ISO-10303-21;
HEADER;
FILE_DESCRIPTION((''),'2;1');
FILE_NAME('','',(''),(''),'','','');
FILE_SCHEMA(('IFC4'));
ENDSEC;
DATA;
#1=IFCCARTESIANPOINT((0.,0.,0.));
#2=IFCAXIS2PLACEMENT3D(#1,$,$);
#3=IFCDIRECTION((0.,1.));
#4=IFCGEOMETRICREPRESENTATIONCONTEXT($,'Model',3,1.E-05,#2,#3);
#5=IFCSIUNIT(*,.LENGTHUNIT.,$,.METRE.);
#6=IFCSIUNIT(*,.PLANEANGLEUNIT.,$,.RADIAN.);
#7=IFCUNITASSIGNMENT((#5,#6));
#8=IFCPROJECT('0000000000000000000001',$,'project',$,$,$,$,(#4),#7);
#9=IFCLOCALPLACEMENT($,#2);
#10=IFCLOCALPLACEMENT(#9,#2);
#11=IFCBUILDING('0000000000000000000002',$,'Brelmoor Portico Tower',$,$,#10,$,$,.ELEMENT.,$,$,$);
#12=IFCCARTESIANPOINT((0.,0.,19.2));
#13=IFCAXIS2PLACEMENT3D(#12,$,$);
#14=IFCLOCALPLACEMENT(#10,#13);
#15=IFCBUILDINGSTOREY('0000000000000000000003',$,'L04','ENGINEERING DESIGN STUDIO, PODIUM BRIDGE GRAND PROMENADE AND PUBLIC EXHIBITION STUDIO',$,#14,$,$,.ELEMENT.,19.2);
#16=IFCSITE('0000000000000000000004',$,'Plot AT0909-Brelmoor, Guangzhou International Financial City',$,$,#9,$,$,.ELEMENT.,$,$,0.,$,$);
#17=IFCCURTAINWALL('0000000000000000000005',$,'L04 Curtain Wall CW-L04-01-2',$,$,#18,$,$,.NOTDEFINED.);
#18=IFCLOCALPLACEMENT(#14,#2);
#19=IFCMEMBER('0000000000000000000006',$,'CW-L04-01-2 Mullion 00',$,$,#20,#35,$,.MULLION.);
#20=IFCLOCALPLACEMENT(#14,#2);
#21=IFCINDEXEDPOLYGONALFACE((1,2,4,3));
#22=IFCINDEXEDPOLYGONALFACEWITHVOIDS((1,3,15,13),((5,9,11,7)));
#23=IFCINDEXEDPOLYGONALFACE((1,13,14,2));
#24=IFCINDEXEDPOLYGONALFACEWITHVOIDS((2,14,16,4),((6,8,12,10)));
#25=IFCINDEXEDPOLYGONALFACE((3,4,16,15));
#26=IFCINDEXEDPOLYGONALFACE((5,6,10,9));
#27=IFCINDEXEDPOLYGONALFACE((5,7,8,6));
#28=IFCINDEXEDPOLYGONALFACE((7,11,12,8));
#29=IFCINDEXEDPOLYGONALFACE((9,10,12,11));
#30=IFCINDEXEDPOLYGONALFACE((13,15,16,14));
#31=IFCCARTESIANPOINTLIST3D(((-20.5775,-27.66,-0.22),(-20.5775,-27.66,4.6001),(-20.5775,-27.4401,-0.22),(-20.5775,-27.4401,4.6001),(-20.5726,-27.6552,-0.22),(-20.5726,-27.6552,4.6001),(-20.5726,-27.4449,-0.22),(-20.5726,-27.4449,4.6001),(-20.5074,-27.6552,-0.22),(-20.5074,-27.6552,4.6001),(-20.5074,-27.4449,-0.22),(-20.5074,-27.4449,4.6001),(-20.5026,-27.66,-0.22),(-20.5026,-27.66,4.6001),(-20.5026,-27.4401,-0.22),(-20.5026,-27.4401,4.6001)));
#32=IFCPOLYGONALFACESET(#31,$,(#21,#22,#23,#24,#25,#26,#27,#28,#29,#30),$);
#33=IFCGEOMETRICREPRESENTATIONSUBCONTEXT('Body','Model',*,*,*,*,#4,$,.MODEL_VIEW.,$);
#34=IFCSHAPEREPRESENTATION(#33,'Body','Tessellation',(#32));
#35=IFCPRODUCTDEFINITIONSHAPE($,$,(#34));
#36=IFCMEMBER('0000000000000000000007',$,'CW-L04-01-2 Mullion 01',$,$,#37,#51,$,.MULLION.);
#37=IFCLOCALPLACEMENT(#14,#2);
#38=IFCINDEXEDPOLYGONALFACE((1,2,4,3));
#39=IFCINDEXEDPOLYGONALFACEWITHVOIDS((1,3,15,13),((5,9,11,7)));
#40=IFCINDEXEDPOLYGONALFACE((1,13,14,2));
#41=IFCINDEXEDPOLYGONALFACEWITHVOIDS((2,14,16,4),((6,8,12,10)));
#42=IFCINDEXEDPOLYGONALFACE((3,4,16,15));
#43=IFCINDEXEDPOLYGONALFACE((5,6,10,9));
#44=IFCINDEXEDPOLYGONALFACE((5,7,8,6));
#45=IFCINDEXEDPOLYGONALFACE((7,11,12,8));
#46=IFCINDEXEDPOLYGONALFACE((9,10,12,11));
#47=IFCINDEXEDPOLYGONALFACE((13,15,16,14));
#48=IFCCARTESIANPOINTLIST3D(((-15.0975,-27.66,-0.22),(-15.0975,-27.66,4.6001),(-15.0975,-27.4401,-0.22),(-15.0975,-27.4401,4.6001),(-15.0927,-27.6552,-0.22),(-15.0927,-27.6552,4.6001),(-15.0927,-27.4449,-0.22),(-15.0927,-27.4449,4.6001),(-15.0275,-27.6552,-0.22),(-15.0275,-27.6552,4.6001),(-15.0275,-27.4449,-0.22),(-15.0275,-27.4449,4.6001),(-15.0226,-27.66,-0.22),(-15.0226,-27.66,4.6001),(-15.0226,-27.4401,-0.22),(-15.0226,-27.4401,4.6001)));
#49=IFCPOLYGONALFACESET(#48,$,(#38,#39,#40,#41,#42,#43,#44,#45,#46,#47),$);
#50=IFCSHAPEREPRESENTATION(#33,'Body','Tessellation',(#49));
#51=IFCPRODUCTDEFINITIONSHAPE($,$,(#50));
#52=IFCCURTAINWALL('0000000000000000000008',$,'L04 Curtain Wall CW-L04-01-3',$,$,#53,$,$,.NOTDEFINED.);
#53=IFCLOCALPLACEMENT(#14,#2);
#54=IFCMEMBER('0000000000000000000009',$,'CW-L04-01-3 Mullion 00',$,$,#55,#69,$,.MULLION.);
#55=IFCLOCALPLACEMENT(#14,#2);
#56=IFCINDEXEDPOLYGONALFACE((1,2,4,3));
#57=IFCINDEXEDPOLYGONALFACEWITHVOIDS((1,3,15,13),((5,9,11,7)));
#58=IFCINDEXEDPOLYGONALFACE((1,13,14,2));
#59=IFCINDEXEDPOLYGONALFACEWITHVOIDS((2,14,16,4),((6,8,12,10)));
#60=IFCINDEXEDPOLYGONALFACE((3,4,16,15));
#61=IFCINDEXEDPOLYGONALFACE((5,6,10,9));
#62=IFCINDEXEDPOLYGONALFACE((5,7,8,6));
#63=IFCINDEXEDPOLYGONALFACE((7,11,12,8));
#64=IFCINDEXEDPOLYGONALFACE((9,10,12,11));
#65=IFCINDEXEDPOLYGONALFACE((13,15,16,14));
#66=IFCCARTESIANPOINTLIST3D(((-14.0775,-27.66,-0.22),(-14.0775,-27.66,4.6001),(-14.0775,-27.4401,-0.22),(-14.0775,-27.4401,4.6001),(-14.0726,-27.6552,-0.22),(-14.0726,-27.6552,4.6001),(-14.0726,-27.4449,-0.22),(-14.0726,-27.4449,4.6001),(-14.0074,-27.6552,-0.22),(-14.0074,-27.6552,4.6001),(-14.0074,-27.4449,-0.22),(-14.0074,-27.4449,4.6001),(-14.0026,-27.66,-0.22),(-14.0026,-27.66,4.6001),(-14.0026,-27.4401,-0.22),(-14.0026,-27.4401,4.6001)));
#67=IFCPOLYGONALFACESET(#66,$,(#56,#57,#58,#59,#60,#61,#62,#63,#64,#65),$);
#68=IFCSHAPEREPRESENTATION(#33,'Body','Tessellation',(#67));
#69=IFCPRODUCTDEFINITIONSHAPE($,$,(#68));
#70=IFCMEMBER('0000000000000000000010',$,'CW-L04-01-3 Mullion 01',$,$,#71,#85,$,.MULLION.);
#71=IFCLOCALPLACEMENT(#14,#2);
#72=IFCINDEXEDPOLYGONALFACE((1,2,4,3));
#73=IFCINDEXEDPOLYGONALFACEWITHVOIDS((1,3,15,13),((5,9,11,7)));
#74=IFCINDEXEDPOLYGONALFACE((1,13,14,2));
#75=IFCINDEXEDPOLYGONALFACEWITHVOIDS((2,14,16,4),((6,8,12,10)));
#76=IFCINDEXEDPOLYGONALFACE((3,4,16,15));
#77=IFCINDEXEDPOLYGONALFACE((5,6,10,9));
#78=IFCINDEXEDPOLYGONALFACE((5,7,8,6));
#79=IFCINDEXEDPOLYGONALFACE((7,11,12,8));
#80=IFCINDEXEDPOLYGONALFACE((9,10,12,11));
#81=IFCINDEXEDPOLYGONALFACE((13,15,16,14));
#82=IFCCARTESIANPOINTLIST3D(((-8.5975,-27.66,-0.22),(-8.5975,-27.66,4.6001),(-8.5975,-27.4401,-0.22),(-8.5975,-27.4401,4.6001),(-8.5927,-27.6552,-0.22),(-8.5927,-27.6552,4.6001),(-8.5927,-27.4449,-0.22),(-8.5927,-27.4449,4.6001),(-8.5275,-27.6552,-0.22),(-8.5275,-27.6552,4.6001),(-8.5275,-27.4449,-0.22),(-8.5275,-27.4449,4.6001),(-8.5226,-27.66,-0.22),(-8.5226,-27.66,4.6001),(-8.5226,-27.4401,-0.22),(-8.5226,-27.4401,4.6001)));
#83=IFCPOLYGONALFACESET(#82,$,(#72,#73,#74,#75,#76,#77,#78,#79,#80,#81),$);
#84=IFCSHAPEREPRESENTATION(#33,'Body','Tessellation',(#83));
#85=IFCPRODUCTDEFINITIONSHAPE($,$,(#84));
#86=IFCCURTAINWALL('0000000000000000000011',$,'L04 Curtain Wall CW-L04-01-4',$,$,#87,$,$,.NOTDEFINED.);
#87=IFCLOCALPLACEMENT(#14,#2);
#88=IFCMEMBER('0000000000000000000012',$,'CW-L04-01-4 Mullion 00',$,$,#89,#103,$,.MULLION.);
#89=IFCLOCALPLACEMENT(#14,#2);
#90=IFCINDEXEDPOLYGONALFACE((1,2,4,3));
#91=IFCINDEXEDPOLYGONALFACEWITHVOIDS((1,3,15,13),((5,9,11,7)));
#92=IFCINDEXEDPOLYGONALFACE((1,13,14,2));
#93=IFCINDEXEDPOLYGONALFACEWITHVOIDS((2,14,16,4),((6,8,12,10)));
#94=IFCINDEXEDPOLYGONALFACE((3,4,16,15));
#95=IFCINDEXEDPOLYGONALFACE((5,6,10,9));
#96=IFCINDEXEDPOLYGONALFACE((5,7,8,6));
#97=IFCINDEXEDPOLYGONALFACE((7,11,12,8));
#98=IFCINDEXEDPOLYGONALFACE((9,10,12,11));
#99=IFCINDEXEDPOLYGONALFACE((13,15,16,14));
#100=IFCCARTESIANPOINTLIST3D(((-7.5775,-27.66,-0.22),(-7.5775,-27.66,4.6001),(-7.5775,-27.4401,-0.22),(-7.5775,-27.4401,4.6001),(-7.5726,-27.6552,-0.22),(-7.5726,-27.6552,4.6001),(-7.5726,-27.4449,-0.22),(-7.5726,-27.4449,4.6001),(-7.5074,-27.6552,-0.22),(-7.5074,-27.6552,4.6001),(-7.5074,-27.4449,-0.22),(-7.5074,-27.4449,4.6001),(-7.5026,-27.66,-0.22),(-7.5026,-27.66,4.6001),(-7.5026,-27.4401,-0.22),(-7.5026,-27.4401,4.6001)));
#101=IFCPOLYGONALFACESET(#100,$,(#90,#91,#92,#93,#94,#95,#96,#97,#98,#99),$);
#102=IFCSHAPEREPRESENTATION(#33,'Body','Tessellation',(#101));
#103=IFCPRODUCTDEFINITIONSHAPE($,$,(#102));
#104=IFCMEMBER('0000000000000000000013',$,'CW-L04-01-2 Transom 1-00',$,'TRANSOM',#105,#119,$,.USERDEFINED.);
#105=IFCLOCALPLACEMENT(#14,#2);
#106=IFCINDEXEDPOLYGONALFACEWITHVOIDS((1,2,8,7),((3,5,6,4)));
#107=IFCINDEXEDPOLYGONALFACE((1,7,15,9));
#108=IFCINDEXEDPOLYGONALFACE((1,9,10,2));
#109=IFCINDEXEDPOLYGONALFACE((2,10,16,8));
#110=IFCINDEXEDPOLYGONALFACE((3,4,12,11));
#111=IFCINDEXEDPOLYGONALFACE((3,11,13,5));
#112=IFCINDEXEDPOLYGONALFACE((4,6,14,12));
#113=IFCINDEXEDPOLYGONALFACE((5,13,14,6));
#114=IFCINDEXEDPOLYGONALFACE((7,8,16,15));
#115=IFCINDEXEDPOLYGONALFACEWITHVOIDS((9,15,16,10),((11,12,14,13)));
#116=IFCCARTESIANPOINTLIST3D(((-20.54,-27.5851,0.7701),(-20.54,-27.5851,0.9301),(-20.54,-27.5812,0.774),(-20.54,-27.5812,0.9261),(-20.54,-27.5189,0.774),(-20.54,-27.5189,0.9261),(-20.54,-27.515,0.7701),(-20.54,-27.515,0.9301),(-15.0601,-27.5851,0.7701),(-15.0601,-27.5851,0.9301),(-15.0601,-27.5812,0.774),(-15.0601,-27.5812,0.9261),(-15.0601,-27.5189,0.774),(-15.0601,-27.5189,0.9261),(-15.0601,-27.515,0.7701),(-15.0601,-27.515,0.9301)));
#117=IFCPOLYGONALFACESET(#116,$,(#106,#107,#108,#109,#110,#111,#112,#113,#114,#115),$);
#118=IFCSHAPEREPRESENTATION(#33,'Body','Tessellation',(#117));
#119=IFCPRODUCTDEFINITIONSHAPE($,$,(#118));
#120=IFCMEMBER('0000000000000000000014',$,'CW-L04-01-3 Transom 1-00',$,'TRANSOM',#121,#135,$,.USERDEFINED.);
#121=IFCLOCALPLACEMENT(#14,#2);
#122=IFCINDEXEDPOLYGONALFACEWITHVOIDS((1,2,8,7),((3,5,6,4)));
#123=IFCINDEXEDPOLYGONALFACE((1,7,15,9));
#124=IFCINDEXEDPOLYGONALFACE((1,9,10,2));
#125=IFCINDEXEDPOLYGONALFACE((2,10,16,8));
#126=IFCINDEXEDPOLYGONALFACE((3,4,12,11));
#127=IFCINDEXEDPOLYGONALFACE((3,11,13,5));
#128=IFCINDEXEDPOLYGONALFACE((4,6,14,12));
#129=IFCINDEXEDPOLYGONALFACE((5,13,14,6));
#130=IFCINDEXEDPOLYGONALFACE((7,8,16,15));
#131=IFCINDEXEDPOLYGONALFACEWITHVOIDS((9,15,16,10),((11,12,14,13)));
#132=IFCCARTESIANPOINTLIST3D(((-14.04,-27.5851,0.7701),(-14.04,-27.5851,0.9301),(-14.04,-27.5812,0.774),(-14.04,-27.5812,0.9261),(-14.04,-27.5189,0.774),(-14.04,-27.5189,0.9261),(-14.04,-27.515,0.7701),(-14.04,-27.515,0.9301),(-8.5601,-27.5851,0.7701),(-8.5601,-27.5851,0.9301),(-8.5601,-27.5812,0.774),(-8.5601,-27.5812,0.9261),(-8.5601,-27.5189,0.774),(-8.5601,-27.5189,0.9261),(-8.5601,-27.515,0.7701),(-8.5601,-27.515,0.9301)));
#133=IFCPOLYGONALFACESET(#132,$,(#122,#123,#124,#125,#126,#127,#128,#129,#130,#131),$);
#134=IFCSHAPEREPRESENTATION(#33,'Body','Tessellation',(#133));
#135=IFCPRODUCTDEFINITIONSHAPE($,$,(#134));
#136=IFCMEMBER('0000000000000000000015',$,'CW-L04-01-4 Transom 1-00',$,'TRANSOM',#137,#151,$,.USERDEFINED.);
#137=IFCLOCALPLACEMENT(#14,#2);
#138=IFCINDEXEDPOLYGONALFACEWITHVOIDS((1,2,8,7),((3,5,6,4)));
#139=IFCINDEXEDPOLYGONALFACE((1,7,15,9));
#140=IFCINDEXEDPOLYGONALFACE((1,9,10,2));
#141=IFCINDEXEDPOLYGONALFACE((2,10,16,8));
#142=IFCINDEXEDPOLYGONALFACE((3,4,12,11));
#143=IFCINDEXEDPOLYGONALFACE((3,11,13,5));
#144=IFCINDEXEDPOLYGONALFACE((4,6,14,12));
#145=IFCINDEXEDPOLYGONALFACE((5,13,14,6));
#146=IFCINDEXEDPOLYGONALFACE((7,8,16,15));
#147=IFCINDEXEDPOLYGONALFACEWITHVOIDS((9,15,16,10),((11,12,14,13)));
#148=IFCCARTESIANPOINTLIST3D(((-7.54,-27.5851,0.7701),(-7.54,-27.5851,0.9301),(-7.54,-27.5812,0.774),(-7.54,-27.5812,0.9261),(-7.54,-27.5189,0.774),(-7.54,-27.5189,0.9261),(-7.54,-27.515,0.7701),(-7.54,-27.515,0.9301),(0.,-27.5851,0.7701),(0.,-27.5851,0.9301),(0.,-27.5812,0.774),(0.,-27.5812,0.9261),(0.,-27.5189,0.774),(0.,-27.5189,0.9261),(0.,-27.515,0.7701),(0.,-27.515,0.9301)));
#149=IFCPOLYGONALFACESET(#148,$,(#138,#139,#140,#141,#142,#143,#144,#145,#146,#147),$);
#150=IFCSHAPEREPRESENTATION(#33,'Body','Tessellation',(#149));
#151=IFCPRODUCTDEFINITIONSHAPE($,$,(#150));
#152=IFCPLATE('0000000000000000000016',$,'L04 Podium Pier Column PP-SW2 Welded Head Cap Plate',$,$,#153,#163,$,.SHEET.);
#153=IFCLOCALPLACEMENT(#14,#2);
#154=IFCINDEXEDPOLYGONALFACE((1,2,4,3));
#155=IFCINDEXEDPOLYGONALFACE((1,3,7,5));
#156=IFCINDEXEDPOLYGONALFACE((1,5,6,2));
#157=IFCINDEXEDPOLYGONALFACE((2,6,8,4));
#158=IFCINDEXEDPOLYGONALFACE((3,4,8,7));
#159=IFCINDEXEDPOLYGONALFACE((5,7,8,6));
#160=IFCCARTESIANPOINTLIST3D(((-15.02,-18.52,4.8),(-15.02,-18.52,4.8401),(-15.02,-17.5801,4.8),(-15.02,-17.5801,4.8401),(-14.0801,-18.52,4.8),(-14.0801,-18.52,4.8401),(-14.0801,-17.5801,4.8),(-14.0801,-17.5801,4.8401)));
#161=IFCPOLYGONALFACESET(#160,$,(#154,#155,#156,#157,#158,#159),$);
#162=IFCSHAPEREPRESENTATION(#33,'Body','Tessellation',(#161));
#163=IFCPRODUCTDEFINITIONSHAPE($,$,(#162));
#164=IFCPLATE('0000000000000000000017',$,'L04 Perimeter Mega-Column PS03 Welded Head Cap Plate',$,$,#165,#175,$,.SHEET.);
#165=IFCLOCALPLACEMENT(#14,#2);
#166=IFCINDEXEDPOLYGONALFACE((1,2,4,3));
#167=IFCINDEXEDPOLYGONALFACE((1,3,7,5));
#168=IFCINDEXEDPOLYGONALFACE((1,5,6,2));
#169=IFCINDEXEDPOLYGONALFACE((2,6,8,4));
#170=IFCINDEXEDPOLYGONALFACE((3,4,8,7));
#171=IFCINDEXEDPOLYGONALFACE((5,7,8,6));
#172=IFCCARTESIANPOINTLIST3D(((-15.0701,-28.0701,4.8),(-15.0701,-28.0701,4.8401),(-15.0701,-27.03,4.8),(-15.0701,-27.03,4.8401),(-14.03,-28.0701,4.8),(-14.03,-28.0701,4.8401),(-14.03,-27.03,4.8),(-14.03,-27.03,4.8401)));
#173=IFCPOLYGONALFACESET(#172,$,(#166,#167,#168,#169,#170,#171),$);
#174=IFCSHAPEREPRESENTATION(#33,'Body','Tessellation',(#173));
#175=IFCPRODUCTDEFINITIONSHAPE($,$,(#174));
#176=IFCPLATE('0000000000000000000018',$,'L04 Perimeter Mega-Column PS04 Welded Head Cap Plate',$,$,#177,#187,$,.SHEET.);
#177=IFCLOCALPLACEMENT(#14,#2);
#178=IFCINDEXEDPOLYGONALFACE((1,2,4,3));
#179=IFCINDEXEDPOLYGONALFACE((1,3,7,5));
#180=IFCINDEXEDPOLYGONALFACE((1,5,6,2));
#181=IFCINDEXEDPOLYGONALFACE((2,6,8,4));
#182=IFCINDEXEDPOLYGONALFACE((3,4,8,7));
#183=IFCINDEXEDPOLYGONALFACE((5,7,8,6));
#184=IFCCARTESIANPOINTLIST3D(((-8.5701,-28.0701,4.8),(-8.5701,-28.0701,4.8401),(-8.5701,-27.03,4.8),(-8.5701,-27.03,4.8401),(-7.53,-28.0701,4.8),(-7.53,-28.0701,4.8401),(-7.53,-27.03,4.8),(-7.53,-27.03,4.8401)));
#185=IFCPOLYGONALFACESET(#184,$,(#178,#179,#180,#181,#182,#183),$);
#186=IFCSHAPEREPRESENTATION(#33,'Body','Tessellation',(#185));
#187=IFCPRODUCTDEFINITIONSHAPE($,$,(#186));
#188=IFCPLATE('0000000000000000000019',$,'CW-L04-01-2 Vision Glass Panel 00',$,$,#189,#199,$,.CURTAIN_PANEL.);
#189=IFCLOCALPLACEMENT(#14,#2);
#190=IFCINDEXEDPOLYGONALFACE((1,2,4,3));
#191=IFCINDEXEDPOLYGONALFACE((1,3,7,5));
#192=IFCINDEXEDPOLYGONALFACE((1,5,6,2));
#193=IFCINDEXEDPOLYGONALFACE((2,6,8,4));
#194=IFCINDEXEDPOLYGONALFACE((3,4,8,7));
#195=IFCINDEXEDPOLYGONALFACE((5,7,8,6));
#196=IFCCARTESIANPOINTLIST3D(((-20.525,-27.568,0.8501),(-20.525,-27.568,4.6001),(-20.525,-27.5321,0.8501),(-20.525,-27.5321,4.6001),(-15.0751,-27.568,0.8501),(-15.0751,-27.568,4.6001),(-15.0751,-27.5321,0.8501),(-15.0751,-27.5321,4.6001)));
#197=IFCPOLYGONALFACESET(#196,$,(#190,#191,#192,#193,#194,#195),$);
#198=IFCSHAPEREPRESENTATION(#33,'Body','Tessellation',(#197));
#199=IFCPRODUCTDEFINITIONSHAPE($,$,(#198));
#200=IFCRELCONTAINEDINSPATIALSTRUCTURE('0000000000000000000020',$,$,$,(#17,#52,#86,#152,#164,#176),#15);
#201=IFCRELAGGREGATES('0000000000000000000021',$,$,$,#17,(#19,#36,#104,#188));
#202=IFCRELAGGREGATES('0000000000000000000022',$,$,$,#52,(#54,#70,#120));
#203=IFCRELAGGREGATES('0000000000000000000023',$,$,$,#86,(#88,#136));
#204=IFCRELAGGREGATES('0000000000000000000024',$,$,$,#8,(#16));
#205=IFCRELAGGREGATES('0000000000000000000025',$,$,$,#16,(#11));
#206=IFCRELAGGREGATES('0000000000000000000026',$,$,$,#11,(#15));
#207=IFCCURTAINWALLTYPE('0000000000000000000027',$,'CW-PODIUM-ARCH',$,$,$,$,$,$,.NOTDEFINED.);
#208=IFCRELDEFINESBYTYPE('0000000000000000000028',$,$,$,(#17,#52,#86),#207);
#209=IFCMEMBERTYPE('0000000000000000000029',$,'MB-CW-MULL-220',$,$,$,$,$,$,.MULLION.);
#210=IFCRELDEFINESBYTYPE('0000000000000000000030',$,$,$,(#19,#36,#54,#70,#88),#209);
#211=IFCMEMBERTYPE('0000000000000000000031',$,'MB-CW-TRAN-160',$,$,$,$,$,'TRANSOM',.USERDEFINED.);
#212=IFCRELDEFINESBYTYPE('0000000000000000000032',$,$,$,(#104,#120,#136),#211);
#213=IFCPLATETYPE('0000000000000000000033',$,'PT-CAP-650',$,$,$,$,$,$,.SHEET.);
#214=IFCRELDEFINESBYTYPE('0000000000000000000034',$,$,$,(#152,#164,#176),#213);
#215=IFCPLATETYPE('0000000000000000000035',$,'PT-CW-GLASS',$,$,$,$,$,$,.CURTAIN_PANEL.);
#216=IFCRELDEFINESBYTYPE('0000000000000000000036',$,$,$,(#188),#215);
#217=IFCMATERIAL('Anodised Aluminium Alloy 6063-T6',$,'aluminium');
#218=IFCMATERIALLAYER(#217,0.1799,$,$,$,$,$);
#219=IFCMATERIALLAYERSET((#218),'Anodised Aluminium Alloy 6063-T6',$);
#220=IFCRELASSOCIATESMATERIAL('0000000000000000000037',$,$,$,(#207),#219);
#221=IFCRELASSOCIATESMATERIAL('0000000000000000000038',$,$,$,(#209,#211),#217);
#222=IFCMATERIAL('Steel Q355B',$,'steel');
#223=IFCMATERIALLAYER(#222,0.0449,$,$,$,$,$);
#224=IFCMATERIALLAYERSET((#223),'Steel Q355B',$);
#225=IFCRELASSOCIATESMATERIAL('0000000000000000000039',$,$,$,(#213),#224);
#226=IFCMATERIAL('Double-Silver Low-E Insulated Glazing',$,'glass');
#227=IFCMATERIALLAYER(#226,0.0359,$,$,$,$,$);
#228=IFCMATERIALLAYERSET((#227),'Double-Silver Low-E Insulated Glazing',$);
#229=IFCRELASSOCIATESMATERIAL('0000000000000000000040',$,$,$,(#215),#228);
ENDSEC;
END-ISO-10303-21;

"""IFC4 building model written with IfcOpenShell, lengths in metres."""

from ifc_helpers import new_model, si_unit, direction, frame, origin, origin_2d, place, context, subcontext, project, spatial, rectangle, hollow_rectangle, extrude, material, layer, layer_set, material_profile, profile_set, type_object, element, aggregate, save


model = new_model("IFC4")

# Units and contexts
model_context = context("Model", 3, precision=1e-05, world=origin(), true_north=direction((0.0, 1.0)))
body_context = subcontext(model_context, "Body", "Model", "MODEL_VIEW")
ifc_project = project(units=[si_unit("LENGTHUNIT", "METRE"), si_unit("PLANEANGLEUNIT", "RADIAN")], contexts=[model_context])

# Site, building, storey
site_placement = place(None, origin())
site = spatial("IfcSite", under=ifc_project, at=site_placement, Name="Plot AT0909-Brelmoor, Guangzhou International Financial City", CompositionType="ELEMENT", RefElevation=0.0)
building_placement = place(site_placement, origin())
building = spatial("IfcBuilding", under=site, at=building_placement, Name="Brelmoor Portico Tower", CompositionType="ELEMENT")
storey_placement = place(building_placement, frame((0.0, 0.0, 19.2)))
storey = spatial("IfcBuildingStorey", under=building, at=storey_placement, Name="L04", Description="ENGINEERING DESIGN STUDIO, PODIUM BRIDGE GRAND PROMENADE AND PUBLIC EXHIBITION STUDIO", CompositionType="ELEMENT", Elevation=19.2)

# Shared definitions
ifc_material_1 = material(Name="Steel Q355B", Category="steel")

# Curtain walls, members
ifc_material_2 = material(Name="Anodised Aluminium Alloy 6063-T6", Category="aluminium")
ifc_layer_1 = layer(ifc_material_2, 0.1799)
ifc_layer_set_1 = layer_set([ifc_layer_1], Name="Anodised Aluminium Alloy 6063-T6")
curtain_wall_type = type_object("IfcCurtainWallType", Name="CW-PODIUM-ARCH", PredefinedType="NOTDEFINED", material=ifc_layer_set_1)
curtain_wall_1_placement = place(storey_placement, origin())
curtain_wall_1 = element("IfcCurtainWall", 1, at=curtain_wall_1_placement, inside=storey, type_object=curtain_wall_type, Name="L04 Curtain Wall CW-L04-01-2", PredefinedType="NOTDEFINED")
ifc_material_profile_1 = material_profile(ifc_material_2, hollow_rectangle(XDim=0.075, YDim=0.22, WallThickness=0.0049, at=origin_2d()), Name="ALU MULLION 75x220")
ifc_profile_set_1 = profile_set([ifc_material_profile_1], Name="Anodised Aluminium Alloy 6063-T6")
member_type_1 = type_object("IfcMemberType", Name="MB-CW-MULL-220", PredefinedType="MULLION", material=ifc_profile_set_1)
member_1_placement = place(storey_placement, frame((-20.54, -27.55, -0.22), z_axis=(0.0, 0.0, 1.0), x_axis=(1.0, 0.0, 0.0)))
member_1 = element("IfcMember", 2, at=member_1_placement, type_object=member_type_1, Name="CW-L04-01-2 Mullion 00", PredefinedType="MULLION", context=body_context, shape_type="SweptSolid", body=[
    extrude(hollow_rectangle(XDim=0.075, YDim=0.22, WallThickness=0.0049, at=origin_2d()), origin(), (0.0, 0.0, 1.0), 4.8201),
])
member_2_placement = place(storey_placement, frame((-15.0601, -27.55, -0.22), z_axis=(0.0, 0.0, 1.0), x_axis=(1.0, 0.0, 0.0)))
member_2 = element("IfcMember", 3, at=member_2_placement, type_object=member_type_1, Name="CW-L04-01-2 Mullion 01", PredefinedType="MULLION", context=body_context, shape_type="SweptSolid", body=[
    extrude(hollow_rectangle(XDim=0.075, YDim=0.22, WallThickness=0.0049, at=origin_2d()), origin(), (0.0, 0.0, 1.0), 4.8201),
])
curtain_wall_2_placement = place(storey_placement, origin())
curtain_wall_2 = element("IfcCurtainWall", 4, at=curtain_wall_2_placement, inside=storey, type_object=curtain_wall_type, Name="L04 Curtain Wall CW-L04-01-3", PredefinedType="NOTDEFINED")
member_3_placement = place(storey_placement, frame((-14.04, -27.55, -0.22), z_axis=(0.0, 0.0, 1.0), x_axis=(1.0, 0.0, 0.0)))
member_3 = element("IfcMember", 5, at=member_3_placement, type_object=member_type_1, Name="CW-L04-01-3 Mullion 00", PredefinedType="MULLION", context=body_context, shape_type="SweptSolid", body=[
    extrude(hollow_rectangle(XDim=0.075, YDim=0.22, WallThickness=0.0049, at=origin_2d()), origin(), (0.0, 0.0, 1.0), 4.8201),
])
member_4_placement = place(storey_placement, frame((-8.5601, -27.55, -0.22), z_axis=(0.0, 0.0, 1.0), x_axis=(1.0, 0.0, 0.0)))
member_4 = element("IfcMember", 6, at=member_4_placement, type_object=member_type_1, Name="CW-L04-01-3 Mullion 01", PredefinedType="MULLION", context=body_context, shape_type="SweptSolid", body=[
    extrude(hollow_rectangle(XDim=0.075, YDim=0.22, WallThickness=0.0049, at=origin_2d()), origin(), (0.0, 0.0, 1.0), 4.8201),
])

# Curtain wall, member
curtain_wall_3_placement = place(storey_placement, origin())
curtain_wall_3 = element("IfcCurtainWall", 7, at=curtain_wall_3_placement, inside=storey, type_object=curtain_wall_type, Name="L04 Curtain Wall CW-L04-01-4", PredefinedType="NOTDEFINED")
member_5_placement = place(storey_placement, frame((-7.54, -27.55, -0.22), z_axis=(0.0, 0.0, 1.0), x_axis=(1.0, 0.0, 0.0)))
member_5 = element("IfcMember", 8, at=member_5_placement, type_object=member_type_1, Name="CW-L04-01-4 Mullion 00", PredefinedType="MULLION", context=body_context, shape_type="SweptSolid", body=[
    extrude(hollow_rectangle(XDim=0.075, YDim=0.22, WallThickness=0.0049, at=origin_2d()), origin(), (0.0, 0.0, 1.0), 4.8201),
])

# Members
ifc_material_profile_2 = material_profile(ifc_material_2, hollow_rectangle(XDim=0.0701, YDim=0.1599, WallThickness=0.0039, at=origin_2d()), Name="ALU TRANSOM 70x160")
ifc_profile_set_2 = profile_set([ifc_material_profile_2], Name="Anodised Aluminium Alloy 6063-T6")
member_type_2 = type_object("IfcMemberType", Name="MB-CW-TRAN-160", ElementType="TRANSOM", PredefinedType="USERDEFINED", material=ifc_profile_set_2)
member_6_placement = place(storey_placement, frame((-20.54, -27.55, 0.8501), z_axis=(1.0, 0.0, 0.0), x_axis=(0.0, 1.0, 0.0)))
member_6 = element("IfcMember", 9, at=member_6_placement, type_object=member_type_2, Name="CW-L04-01-2 Transom 1-00", ObjectType="TRANSOM", PredefinedType="USERDEFINED", context=body_context, shape_type="SweptSolid", body=[
    extrude(hollow_rectangle(XDim=0.0701, YDim=0.1599, WallThickness=0.0039, at=origin_2d()), origin(), (0.0, 0.0, 1.0), 5.48),
])
member_7_placement = place(storey_placement, frame((-14.04, -27.55, 0.8501), z_axis=(1.0, 0.0, 0.0), x_axis=(0.0, 1.0, 0.0)))
member_7 = element("IfcMember", 10, at=member_7_placement, type_object=member_type_2, Name="CW-L04-01-3 Transom 1-00", ObjectType="TRANSOM", PredefinedType="USERDEFINED", context=body_context, shape_type="SweptSolid", body=[
    extrude(hollow_rectangle(XDim=0.0701, YDim=0.1599, WallThickness=0.0039, at=origin_2d()), origin(), (0.0, 0.0, 1.0), 5.48),
])
member_8_placement = place(storey_placement, frame((-7.54, -27.55, 0.8501), z_axis=(1.0, 0.0, 0.0), x_axis=(0.0, 1.0, 0.0)))
member_8 = element("IfcMember", 11, at=member_8_placement, type_object=member_type_2, Name="CW-L04-01-4 Transom 1-00", ObjectType="TRANSOM", PredefinedType="USERDEFINED", context=body_context, shape_type="SweptSolid", body=[
    extrude(hollow_rectangle(XDim=0.0701, YDim=0.1599, WallThickness=0.0039, at=origin_2d()), origin(), (0.0, 0.0, 1.0), 7.54),
])

# Plates
ifc_layer_2 = layer(ifc_material_1, 0.0449)
ifc_layer_set_2 = layer_set([ifc_layer_2], Name="Steel Q355B")
plate_type_1 = type_object("IfcPlateType", Name="PT-CAP-650", PredefinedType="SHEET", material=ifc_layer_set_2)
plate_1_placement = place(storey_placement, frame((-14.55, -18.05, 4.8), z_axis=(0.0, 0.0, 1.0), x_axis=(1.0, 0.0, 0.0)))
element("IfcPlate", 12, at=plate_1_placement, inside=storey, type_object=plate_type_1, Name="L04 Podium Pier Column PP-SW2 Welded Head Cap Plate", PredefinedType="SHEET", context=body_context, shape_type="SweptSolid", body=[
    extrude(rectangle(XDim=0.9399, YDim=0.9399, at=origin_2d()), origin(), (0.0, 0.0, 1.0), 0.04),
])
for number, where, z_axis, x_axis, name in (
    (13, (-14.55, -27.55, 4.8), (0.0, 0.0, 1.0), (1.0, 0.0, 0.0), "L04 Perimeter Mega-Column PS03 Welded Head Cap Plate"),
    (14, (-8.05, -27.55, 4.8), (0.0, 0.0, 1.0), (1.0, 0.0, 0.0), "L04 Perimeter Mega-Column PS04 Welded Head Cap Plate"),
):
    element("IfcPlate", number, at=place(storey_placement, frame(where, z_axis=z_axis, x_axis=x_axis)), inside=storey, type_object=plate_type_1, Name=name, PredefinedType="SHEET", context=body_context, shape_type="SweptSolid", body=[
        extrude(rectangle(XDim=1.04, YDim=1.04, at=origin_2d()), origin(), (0.0, 0.0, 1.0), 0.04),
    ])

# Plate
ifc_material_3 = material(Name="Double-Silver Low-E Insulated Glazing", Category="glass")
ifc_layer_3 = layer(ifc_material_3, 0.0359)
ifc_layer_set_3 = layer_set([ifc_layer_3], Name="Double-Silver Low-E Insulated Glazing")
plate_type_2 = type_object("IfcPlateType", Name="PT-CW-GLASS", PredefinedType="CURTAIN_PANEL", material=ifc_layer_set_3)
plate_2_placement = place(storey_placement, frame((-17.8, -27.55, 0.8501), z_axis=(0.0, 0.0, 1.0), x_axis=(1.0, 0.0, 0.0)))
plate_2 = element("IfcPlate", 15, at=plate_2_placement, type_object=plate_type_2, Name="CW-L04-01-2 Vision Glass Panel 00", PredefinedType="CURTAIN_PANEL", context=body_context, shape_type="SweptSolid", body=[
    extrude(rectangle(XDim=5.45, YDim=0.0359, at=origin_2d()), origin(), (0.0, 0.0, 1.0), 3.75),
])
aggregate(curtain_wall_1, [member_1, member_2, member_6, plate_2])
aggregate(curtain_wall_2, [member_3, member_4, member_7])
aggregate(curtain_wall_3, [member_5, member_8])

save(model, "model.ifc")
